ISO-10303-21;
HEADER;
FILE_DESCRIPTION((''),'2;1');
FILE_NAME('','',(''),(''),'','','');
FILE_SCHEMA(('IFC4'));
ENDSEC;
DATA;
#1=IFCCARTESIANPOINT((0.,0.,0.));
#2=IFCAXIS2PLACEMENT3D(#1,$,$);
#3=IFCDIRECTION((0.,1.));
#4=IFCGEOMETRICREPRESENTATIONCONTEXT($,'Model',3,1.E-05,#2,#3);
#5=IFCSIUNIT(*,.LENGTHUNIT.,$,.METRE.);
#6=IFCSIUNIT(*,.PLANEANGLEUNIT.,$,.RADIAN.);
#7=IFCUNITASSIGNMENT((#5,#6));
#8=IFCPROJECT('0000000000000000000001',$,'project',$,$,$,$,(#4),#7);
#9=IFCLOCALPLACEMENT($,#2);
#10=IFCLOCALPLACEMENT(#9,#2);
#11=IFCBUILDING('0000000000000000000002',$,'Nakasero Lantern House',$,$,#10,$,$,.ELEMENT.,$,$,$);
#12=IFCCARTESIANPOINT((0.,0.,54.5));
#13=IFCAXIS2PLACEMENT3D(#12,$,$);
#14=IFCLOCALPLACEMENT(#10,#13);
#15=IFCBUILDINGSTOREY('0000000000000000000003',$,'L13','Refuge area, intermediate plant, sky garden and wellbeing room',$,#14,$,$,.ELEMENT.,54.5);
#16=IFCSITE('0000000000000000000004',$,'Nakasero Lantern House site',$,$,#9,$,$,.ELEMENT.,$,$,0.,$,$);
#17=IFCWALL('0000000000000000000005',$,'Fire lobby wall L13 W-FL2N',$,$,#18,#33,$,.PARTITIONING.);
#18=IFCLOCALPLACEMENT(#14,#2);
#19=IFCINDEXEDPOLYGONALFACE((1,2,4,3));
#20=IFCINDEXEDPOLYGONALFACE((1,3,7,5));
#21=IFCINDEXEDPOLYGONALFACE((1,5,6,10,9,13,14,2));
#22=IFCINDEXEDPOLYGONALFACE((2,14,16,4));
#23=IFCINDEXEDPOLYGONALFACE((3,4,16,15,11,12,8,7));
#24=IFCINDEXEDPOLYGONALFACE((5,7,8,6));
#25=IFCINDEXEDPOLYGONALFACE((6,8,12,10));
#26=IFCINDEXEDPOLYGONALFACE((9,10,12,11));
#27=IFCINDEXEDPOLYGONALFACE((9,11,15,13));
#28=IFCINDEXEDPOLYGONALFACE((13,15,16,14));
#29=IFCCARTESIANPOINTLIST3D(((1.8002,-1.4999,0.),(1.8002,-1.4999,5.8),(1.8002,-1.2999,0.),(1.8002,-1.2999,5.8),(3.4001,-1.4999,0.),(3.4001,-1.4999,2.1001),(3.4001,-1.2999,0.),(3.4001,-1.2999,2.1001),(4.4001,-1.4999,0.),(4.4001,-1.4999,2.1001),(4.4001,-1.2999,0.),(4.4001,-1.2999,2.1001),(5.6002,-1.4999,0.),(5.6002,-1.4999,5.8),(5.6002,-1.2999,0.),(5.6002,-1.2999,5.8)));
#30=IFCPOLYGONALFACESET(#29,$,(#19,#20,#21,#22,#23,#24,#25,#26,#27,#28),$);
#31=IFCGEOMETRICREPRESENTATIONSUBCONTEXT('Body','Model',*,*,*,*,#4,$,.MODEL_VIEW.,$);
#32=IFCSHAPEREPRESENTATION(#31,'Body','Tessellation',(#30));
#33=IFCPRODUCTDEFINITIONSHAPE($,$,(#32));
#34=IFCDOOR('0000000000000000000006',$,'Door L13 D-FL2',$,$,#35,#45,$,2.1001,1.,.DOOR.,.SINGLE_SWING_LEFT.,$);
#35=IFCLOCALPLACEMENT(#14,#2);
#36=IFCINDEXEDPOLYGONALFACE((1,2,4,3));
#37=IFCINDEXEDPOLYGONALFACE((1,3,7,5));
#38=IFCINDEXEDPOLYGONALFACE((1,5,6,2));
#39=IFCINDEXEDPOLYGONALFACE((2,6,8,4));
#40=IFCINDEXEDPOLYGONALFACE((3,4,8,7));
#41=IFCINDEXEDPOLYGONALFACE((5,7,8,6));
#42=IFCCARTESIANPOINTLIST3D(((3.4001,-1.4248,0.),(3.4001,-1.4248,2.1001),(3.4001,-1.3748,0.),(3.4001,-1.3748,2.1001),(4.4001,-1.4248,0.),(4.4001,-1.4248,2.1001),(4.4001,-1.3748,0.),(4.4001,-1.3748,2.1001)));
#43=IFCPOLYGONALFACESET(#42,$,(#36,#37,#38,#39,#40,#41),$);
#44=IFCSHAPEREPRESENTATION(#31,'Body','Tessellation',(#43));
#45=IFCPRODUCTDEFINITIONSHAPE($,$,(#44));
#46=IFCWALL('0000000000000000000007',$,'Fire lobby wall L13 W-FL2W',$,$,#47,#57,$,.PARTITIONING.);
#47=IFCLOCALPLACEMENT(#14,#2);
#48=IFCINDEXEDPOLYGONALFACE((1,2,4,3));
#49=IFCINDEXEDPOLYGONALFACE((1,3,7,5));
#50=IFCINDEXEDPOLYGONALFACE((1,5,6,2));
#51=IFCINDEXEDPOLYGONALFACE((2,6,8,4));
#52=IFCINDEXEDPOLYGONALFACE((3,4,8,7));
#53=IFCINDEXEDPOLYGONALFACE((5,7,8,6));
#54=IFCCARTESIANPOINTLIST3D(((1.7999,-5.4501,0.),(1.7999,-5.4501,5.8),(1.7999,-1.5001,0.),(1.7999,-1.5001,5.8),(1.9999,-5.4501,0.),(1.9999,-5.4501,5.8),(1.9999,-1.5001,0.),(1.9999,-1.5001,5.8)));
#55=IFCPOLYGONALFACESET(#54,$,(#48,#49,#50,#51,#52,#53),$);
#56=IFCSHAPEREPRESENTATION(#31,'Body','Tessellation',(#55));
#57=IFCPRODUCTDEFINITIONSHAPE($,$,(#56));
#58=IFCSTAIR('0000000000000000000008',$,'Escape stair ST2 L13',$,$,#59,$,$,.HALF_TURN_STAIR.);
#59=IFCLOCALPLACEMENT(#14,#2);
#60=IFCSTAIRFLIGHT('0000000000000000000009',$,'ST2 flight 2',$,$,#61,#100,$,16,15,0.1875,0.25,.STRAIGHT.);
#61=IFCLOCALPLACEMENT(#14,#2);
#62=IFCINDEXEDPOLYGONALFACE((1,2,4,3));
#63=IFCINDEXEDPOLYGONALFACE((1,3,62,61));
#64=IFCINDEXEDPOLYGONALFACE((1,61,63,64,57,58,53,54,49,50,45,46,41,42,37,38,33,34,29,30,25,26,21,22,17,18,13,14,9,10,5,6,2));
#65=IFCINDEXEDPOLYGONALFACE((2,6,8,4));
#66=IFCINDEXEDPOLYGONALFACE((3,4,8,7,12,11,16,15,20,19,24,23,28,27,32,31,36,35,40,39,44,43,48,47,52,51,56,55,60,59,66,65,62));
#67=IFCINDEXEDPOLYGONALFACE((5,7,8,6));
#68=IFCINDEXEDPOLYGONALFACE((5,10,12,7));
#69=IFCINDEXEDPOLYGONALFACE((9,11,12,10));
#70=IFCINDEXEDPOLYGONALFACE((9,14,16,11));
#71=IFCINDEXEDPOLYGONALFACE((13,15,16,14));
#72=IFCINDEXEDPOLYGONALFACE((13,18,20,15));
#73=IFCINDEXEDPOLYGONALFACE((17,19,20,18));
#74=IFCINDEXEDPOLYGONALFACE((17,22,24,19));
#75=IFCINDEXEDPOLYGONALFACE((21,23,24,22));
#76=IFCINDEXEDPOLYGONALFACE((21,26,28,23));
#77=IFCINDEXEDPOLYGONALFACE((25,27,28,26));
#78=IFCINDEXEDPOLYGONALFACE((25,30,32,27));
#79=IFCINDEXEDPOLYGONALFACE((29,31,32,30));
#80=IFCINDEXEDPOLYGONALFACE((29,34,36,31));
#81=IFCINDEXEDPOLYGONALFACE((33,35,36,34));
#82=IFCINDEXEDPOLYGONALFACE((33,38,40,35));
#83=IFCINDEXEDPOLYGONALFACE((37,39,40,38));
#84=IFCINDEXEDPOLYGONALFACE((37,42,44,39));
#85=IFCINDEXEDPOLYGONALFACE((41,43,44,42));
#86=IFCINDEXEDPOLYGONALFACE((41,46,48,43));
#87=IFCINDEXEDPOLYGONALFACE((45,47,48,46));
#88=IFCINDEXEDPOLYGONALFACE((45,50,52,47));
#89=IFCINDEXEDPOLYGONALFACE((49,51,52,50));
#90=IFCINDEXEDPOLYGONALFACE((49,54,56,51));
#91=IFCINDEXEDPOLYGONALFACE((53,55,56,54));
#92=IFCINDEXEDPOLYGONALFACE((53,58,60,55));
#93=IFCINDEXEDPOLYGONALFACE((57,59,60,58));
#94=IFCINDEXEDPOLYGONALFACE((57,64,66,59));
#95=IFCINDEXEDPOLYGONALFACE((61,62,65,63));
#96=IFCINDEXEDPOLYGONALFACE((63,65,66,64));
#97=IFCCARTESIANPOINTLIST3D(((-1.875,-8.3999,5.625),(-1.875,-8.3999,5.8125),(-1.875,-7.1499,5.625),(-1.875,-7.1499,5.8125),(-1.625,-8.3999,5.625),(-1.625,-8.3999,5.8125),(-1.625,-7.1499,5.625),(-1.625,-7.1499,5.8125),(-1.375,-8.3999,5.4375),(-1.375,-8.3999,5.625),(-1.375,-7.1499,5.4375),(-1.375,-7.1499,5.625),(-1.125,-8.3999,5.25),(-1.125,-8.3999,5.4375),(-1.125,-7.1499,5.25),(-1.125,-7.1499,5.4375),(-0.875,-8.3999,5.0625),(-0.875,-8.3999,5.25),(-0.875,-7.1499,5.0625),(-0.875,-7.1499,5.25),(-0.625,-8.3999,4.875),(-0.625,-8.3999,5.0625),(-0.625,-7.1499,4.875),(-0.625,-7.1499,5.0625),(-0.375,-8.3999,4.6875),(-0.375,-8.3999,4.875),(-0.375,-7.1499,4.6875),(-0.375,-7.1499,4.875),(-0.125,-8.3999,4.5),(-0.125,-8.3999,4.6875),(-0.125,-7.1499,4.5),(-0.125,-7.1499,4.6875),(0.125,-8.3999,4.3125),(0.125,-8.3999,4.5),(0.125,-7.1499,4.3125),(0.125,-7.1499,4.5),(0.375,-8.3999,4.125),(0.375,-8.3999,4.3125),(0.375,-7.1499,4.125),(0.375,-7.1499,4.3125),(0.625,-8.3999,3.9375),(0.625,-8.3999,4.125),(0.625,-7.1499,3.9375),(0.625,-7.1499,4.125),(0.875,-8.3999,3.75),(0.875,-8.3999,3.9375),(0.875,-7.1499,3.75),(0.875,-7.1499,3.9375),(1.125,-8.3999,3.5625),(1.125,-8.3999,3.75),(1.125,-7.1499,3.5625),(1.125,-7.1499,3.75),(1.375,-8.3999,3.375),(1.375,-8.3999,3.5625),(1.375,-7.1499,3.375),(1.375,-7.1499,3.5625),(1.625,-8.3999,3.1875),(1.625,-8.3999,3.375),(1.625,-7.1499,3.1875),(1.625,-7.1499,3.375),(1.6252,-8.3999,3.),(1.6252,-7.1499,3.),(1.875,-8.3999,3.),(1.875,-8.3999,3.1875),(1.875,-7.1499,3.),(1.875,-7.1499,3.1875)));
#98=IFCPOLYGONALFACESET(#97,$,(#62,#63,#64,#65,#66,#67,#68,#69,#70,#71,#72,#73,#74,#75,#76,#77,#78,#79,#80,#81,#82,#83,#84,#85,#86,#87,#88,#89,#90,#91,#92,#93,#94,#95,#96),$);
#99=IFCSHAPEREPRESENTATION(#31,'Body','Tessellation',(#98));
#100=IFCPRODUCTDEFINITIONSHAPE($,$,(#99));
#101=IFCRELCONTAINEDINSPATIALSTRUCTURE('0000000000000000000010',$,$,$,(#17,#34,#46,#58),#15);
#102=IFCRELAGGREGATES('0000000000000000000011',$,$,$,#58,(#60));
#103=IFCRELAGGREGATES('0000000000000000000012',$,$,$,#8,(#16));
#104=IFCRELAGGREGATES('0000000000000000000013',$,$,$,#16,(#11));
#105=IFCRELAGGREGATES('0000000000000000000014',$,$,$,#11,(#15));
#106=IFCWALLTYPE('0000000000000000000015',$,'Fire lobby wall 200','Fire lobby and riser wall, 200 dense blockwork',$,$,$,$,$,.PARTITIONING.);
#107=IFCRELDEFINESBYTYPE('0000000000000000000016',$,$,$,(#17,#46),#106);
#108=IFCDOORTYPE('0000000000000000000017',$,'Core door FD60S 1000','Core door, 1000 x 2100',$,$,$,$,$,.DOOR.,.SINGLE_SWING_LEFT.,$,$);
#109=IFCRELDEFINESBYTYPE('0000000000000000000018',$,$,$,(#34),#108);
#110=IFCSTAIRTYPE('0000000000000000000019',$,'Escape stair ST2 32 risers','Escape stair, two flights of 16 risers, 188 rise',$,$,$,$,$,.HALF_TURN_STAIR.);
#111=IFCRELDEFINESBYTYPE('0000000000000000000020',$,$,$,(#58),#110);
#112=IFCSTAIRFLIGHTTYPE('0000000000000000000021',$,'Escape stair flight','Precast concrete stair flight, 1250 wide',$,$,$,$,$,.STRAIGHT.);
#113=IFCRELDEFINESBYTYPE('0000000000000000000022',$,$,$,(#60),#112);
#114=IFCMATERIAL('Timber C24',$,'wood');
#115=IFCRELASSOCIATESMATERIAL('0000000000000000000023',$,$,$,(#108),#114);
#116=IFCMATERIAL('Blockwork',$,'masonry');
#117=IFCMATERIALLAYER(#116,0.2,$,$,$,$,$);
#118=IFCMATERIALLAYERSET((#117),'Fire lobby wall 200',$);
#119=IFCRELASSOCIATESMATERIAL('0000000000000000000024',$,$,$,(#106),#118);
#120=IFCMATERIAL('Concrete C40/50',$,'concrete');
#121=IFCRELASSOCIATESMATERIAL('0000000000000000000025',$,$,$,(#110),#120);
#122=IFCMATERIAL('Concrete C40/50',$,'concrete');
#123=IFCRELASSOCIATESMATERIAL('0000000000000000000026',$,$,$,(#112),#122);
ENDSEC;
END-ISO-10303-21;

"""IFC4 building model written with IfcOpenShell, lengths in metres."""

from ifc_helpers import new_model, si_unit, direction, frame, frame_2d, origin, place, context, subcontext, project, spatial, polyline, rectangle, outline, extrude, material, layer, layer_set, type_object, element, fill, aggregate, save


model = new_model("IFC4")

# Units and contexts
model_context = context("Model", 3, precision=1e-05, world=origin(), true_north=direction((0.0, 1.0)))
body_context = subcontext(model_context, "Body", "Model", "MODEL_VIEW")
ifc_project = project(units=[si_unit("LENGTHUNIT", "METRE"), si_unit("PLANEANGLEUNIT", "RADIAN")], contexts=[model_context])

# Site, building, storey
site_placement = place(None, origin())
site = spatial("IfcSite", under=ifc_project, at=site_placement, Name="Nakasero Lantern House site", CompositionType="ELEMENT", RefElevation=0.0)
building_placement = place(site_placement, origin())
building = spatial("IfcBuilding", under=site, at=building_placement, Name="Nakasero Lantern House", CompositionType="ELEMENT")
storey_placement = place(building_placement, frame((0.0, 0.0, 54.5)))
storey = spatial("IfcBuildingStorey", under=building, at=storey_placement, Name="L13", Description="Refuge area, intermediate plant, sky garden and wellbeing room", CompositionType="ELEMENT", Elevation=54.5)

# Wall, opening, door
ifc_material_1 = material(Name="Timber C24", Category="wood")
door_type_1 = type_object("IfcDoorType", Name="Core door FD60S 1000", Description="Core door, 1000 x 2100", OperationType="SINGLE_SWING_LEFT", PredefinedType="DOOR", material=ifc_material_1)
ifc_material_2 = material(Name="Blockwork", Category="masonry")
ifc_layer_1 = layer(ifc_material_2, 0.2)
ifc_layer_set_1 = layer_set([ifc_layer_1], Name="Fire lobby wall 200")
wall_type_1 = type_object("IfcWallType", Name="Fire lobby wall 200", Description="Fire lobby and riser wall, 200 dense blockwork", PredefinedType="PARTITIONING", material=ifc_layer_set_1)
wall_1_placement = place(storey_placement, frame((5.6001, -1.3999, 0.0), z_axis=(0.0, 0.0, 1.0), x_axis=(-1.0, 0.0, 0.0)))
wall_1 = element("IfcWall", 1, at=wall_1_placement, inside=storey, type_object=wall_type_1, Name="Fire lobby wall L13 W-FL2N", PredefinedType="PARTITIONING", context=body_context, shape_type="SweptSolid", body=[
    extrude(rectangle(XDim=3.8, YDim=0.2, at=frame_2d((1.8999, 0.0))), origin(), (0.0, 0.0, 1.0), 5.8),
])
opening_1_placement = place(wall_1_placement, frame((1.2, 0.0, 0.0)))
opening_1 = element("IfcOpeningElement", 2, at=opening_1_placement, cuts=wall_1, PredefinedType="OPENING", context=body_context, shape_type="SweptSolid", body=[
    extrude(rectangle(XDim=1.0, YDim=2.1001, at=frame_2d((0.5, 1.05))), frame((0.0, 0.1199, 0.0), z_axis=(0.0, -1.0, 0.0), x_axis=(1.0, 0.0, 0.0)), (0.0, 0.0, 1.0), 0.24),
])
door_1_placement = place(opening_1_placement, origin())
door_1 = element("IfcDoor", 3, at=door_1_placement, inside=storey, type_object=door_type_1, Name="Door L13 D-FL2", OperationType="SINGLE_SWING_LEFT", OverallHeight=2.1001, OverallWidth=1.0, PredefinedType="DOOR", context=body_context, shape_type="SweptSolid", body=[
    extrude(rectangle(XDim=1.0, YDim=2.1001, at=frame_2d((0.5, 1.05))), frame((0.0, 0.0249, 0.0), z_axis=(0.0, -1.0, 0.0), x_axis=(1.0, 0.0, 0.0)), (0.0, 0.0, 1.0), 0.05),
])
fill(opening_1, door_1)

# Wall
wall_2_placement = place(storey_placement, frame((1.8999, -1.5, 0.0), z_axis=(0.0, 0.0, 1.0), x_axis=(0.0, -1.0, 0.0)))
element("IfcWall", 4, at=wall_2_placement, inside=storey, type_object=wall_type_1, Name="Fire lobby wall L13 W-FL2W", PredefinedType="PARTITIONING", context=body_context, shape_type="SweptSolid", body=[
    extrude(rectangle(XDim=3.95, YDim=0.2, at=frame_2d((1.9751, 0.0))), origin(), (0.0, 0.0, 1.0), 5.8),
])

# Stair, stair flight
ifc_material_3 = material(Name="Concrete C40/50", Category="concrete")
stair_type = type_object("IfcStairType", Name="Escape stair ST2 32 risers", Description="Escape stair, two flights of 16 risers, 188 rise", PredefinedType="HALF_TURN_STAIR", material=ifc_material_3)
stair_placement = place(storey_placement, origin())
stair = element("IfcStair", 5, at=stair_placement, inside=storey, type_object=stair_type, Name="Escape stair ST2 L13", PredefinedType="HALF_TURN_STAIR")
ifc_material_4 = material(Name="Concrete C40/50", Category="concrete")
stair_flight_type = type_object("IfcStairFlightType", Name="Escape stair flight", Description="Precast concrete stair flight, 1250 wide", PredefinedType="STRAIGHT", material=ifc_material_4)
stair_flight_placement = place(storey_placement, frame((1.875, -7.7749, 3.0), z_axis=(0.0, 0.0, 1.0), x_axis=(-1.0, 0.0, 0.0)))
stair_flight = element("IfcStairFlight", 6, at=stair_flight_placement, type_object=stair_flight_type, Name="ST2 flight 2", NumberOfRisers=16, NumberOfTreads=15, PredefinedType="STRAIGHT", RiserHeight=0.1875, TreadLength=0.25, context=body_context, shape_type="SweptSolid", body=[
    extrude(outline(polyline([(0.0, 0.0), (0.0, 0.1875), (0.25, 0.1875), (0.25, 0.375), (0.5, 0.375), (0.5, 0.5625), (0.75, 0.5625), (0.75, 0.75), (1.0, 0.75), (1.0, 0.9375), (1.25, 0.9375), (1.25, 1.125), (1.5, 1.125), (1.5, 1.3125), (1.75, 1.3125), (1.75, 1.5), (2.0, 1.5), (2.0, 1.6875), (2.25, 1.6875), (2.25, 1.875), (2.5, 1.875), (2.5, 2.0625), (2.75, 2.0625), (2.75, 2.25), (3.0, 2.25), (3.0, 2.4375), (3.25, 2.4375), (3.25, 2.625), (3.5, 2.625), (3.5, 2.8125), (3.75, 2.8125), (3.75, 3.0), (3.75, 2.625), (0.2498, 0.0), (0.0, 0.0)])), frame((0.0, 0.625, 0.0), z_axis=(0.0, -1.0, 0.0), x_axis=(1.0, 0.0, 0.0)), (0.0, 0.0, 1.0), 1.25),
])
aggregate(stair, [stair_flight])

save(model, "model.ifc")
